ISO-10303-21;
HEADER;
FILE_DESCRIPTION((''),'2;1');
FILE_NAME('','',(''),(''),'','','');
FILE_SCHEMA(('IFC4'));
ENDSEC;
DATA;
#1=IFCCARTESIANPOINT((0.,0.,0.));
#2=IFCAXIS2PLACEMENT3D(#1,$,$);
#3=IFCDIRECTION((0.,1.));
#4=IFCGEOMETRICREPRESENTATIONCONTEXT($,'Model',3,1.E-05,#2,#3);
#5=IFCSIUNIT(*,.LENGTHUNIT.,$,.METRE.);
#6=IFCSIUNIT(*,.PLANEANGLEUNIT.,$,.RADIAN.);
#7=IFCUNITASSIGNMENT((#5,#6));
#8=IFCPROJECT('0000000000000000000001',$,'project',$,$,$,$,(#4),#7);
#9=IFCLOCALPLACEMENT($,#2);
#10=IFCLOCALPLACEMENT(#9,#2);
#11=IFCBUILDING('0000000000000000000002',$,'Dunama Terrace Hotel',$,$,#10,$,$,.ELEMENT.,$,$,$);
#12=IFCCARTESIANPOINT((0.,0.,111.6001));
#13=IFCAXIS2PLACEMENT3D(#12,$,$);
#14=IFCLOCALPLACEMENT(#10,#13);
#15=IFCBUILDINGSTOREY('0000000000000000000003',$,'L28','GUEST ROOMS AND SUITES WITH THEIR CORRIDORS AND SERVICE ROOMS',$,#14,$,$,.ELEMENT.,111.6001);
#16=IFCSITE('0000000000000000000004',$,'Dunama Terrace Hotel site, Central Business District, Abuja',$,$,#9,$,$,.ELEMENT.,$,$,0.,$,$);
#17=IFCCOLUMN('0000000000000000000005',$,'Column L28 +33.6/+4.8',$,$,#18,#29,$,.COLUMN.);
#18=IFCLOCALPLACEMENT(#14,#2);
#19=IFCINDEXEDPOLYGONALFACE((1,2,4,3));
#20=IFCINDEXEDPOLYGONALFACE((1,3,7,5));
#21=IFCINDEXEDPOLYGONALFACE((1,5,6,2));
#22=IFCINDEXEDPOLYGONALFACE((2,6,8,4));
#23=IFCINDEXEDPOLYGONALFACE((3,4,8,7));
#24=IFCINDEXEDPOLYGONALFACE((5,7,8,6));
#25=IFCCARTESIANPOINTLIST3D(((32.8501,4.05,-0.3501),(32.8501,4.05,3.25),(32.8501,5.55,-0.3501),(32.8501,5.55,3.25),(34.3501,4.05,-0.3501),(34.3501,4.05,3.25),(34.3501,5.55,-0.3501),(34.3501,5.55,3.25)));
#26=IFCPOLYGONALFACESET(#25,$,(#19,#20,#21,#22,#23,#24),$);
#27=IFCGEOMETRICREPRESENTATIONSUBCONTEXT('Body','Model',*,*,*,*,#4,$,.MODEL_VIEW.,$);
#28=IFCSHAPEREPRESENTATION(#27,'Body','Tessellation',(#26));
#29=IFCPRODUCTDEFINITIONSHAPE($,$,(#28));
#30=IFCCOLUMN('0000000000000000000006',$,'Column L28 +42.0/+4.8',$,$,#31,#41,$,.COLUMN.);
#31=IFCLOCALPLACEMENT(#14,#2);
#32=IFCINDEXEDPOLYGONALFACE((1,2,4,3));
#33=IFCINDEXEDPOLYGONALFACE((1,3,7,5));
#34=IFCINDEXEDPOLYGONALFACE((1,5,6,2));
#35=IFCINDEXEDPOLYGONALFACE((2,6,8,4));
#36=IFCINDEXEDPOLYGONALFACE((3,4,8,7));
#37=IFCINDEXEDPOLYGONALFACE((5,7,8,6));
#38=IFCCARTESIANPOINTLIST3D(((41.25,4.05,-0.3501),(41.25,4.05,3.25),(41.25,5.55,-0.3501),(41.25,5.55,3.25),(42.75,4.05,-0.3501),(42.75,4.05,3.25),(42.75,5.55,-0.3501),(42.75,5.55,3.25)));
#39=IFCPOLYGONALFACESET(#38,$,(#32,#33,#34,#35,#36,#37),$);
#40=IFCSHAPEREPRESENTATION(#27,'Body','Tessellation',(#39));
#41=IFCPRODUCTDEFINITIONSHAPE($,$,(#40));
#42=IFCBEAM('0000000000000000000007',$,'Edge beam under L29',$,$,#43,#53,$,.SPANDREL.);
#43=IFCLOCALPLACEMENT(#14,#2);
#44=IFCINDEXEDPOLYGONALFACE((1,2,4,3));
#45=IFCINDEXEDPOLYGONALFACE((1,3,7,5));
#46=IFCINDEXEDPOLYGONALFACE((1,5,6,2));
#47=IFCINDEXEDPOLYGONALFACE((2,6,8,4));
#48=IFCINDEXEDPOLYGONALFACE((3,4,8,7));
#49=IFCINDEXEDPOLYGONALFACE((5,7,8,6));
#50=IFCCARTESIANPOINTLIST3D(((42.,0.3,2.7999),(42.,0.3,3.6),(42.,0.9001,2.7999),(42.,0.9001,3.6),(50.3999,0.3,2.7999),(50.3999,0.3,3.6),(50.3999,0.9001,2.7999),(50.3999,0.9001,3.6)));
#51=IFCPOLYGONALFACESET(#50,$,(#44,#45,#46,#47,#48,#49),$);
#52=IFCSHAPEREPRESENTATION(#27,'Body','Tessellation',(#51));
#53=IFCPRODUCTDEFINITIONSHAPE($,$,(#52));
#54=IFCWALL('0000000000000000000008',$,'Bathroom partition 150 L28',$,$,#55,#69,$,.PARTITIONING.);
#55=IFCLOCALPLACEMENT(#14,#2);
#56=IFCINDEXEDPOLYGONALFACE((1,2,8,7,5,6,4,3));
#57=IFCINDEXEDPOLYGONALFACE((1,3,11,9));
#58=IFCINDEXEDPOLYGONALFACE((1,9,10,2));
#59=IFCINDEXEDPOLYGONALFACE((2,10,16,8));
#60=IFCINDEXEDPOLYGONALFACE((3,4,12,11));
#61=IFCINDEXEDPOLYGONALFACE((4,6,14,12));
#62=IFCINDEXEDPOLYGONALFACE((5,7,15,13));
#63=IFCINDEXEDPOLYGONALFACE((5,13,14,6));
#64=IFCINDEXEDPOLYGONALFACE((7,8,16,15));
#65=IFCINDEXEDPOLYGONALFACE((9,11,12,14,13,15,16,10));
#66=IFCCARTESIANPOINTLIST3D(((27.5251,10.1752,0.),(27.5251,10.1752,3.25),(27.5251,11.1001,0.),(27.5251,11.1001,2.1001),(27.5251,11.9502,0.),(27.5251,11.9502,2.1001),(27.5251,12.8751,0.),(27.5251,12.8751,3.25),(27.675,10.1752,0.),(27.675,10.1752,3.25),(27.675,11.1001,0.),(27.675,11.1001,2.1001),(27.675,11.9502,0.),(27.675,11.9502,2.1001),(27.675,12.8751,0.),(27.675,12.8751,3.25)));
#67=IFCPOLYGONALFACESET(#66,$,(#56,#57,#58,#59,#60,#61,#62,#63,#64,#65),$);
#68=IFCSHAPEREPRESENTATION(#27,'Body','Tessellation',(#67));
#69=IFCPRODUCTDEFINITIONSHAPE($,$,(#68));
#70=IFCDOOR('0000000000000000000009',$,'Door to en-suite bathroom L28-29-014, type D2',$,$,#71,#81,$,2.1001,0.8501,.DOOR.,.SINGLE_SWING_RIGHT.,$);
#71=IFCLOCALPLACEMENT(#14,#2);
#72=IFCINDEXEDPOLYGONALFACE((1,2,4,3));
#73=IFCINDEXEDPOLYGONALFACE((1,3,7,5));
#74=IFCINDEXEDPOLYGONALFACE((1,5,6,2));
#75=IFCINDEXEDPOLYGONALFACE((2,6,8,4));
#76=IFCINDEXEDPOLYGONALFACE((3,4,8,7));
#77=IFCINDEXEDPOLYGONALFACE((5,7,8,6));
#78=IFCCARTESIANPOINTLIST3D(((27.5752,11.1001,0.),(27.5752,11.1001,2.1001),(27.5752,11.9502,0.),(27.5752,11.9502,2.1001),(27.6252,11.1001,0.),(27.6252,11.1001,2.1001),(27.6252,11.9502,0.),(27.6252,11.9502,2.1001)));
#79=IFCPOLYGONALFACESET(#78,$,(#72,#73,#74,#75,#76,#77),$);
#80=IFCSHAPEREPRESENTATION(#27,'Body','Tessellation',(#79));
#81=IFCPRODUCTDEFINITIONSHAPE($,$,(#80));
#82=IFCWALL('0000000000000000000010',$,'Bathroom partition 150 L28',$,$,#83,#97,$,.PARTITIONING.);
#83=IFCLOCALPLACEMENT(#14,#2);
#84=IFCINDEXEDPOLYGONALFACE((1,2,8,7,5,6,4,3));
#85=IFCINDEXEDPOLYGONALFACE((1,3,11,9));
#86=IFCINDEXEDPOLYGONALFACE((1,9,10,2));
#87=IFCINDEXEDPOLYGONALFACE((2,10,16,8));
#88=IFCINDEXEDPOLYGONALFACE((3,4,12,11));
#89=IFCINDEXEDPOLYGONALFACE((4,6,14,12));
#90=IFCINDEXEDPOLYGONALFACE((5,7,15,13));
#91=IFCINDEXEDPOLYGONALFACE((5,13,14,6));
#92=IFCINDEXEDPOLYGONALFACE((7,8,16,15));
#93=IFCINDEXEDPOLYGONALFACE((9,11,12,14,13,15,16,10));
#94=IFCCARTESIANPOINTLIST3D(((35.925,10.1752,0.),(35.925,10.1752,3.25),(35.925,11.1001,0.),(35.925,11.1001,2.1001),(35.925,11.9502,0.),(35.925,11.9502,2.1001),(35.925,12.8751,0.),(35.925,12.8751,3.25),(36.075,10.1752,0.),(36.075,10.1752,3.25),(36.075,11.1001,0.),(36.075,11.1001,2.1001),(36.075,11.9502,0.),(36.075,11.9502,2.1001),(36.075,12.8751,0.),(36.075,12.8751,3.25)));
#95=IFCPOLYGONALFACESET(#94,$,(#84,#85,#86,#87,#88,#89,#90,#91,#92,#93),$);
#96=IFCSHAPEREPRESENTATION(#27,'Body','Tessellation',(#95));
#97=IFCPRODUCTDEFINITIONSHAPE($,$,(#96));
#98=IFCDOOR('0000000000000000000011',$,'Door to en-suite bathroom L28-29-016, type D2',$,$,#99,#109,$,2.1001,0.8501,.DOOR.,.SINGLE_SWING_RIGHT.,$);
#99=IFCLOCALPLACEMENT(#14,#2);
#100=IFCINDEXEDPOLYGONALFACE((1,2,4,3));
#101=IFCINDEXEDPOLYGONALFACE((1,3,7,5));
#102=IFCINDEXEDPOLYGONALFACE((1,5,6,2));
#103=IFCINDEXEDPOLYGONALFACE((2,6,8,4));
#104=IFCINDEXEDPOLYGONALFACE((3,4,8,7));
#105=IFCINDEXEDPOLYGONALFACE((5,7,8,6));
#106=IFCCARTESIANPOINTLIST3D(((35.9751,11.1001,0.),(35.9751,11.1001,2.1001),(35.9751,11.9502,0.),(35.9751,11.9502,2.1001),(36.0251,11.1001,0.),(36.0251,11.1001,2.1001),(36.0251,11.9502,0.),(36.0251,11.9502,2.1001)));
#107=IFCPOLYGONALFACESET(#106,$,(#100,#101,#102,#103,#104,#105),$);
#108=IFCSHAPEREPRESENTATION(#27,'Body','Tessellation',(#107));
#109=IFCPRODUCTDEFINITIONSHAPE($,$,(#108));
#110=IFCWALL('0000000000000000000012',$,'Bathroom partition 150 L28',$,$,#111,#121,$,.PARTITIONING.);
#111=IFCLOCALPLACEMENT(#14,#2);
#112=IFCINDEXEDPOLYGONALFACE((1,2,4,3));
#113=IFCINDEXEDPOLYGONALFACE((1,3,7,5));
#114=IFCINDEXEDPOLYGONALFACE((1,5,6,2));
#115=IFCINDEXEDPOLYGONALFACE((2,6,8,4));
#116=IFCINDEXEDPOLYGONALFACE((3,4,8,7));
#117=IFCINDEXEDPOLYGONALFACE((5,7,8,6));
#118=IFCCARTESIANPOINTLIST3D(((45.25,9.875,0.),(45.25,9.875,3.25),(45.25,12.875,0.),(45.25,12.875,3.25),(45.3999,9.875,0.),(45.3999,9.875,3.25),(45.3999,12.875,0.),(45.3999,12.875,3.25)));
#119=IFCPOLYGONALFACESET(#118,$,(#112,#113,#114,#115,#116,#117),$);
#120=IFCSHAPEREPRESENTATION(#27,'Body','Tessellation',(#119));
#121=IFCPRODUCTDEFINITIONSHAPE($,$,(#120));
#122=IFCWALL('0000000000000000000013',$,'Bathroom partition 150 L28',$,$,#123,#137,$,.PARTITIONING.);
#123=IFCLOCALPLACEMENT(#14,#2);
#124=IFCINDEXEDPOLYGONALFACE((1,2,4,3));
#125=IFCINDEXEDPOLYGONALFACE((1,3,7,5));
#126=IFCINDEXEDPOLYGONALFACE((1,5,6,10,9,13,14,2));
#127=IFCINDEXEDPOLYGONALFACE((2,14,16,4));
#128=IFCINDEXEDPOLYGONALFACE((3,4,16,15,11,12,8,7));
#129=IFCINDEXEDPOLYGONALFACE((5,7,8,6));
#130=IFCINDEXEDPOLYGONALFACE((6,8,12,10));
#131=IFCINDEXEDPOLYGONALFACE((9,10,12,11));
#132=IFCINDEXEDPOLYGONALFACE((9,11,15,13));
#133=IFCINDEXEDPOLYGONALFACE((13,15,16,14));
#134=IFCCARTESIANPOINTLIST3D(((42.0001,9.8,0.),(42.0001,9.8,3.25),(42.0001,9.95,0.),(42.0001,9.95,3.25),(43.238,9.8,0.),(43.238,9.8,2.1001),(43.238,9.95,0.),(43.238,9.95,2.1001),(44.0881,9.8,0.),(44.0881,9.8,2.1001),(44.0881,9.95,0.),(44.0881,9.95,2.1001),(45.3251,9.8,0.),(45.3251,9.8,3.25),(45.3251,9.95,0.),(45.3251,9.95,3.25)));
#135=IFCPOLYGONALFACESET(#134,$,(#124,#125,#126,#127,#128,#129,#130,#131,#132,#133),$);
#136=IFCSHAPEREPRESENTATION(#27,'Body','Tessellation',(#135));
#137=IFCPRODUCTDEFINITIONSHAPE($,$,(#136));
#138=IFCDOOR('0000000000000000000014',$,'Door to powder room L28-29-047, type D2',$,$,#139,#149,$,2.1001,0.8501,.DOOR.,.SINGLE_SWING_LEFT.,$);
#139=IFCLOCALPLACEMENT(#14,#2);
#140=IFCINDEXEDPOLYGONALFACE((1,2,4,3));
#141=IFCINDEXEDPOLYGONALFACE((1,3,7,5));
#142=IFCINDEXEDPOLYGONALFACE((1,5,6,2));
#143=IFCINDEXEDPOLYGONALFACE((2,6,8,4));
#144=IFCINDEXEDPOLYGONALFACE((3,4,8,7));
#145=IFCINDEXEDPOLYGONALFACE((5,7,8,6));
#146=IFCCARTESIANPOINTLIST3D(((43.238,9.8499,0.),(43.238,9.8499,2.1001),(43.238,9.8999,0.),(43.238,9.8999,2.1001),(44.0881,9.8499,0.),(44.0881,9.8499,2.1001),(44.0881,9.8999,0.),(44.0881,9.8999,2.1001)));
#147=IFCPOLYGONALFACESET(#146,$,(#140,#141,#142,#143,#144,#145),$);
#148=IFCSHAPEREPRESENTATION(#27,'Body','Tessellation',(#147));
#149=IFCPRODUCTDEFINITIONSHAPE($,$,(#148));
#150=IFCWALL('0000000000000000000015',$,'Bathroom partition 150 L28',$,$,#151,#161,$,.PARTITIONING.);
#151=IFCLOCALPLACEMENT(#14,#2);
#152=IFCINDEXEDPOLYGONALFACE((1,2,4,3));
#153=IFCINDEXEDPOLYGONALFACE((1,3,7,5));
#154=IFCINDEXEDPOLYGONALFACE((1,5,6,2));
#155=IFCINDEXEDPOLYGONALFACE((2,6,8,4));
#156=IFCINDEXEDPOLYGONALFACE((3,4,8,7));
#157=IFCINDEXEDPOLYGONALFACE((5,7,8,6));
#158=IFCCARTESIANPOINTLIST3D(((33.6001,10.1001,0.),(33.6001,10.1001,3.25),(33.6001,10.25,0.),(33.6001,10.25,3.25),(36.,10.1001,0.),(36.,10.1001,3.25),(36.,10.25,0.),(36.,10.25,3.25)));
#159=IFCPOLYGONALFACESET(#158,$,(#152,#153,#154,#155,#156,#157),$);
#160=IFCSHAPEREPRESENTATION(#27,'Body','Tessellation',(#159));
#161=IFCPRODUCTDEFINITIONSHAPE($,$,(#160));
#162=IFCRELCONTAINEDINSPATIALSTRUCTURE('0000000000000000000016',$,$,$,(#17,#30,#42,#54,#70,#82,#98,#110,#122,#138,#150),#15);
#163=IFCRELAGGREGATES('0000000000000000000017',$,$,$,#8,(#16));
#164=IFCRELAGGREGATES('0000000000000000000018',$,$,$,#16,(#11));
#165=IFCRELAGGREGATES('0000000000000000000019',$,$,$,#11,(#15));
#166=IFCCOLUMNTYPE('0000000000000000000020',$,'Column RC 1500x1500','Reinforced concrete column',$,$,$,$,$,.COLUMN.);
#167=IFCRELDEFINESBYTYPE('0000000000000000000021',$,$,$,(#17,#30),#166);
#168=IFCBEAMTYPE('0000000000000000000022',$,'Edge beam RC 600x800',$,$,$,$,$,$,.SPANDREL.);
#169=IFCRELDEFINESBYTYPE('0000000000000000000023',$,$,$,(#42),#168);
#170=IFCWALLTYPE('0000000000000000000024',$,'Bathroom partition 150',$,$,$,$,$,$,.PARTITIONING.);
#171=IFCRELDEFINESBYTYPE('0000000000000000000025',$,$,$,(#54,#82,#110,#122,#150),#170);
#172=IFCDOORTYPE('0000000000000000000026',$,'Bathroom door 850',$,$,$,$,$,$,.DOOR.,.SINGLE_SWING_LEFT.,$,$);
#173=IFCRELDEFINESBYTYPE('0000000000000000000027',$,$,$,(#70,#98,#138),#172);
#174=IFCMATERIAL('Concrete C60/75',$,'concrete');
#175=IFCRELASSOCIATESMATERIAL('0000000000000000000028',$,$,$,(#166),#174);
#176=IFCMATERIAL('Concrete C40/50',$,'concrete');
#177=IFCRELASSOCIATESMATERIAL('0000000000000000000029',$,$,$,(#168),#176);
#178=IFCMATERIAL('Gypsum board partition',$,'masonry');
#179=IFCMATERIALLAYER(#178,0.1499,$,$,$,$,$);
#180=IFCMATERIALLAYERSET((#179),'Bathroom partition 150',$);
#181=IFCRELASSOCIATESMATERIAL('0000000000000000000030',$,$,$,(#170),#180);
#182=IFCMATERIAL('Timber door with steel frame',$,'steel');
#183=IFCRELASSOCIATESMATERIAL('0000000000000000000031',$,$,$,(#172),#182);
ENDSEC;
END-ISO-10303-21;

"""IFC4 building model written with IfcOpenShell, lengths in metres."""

from ifc_helpers import new_model, si_unit, direction, frame, frame_2d, origin, origin_2d, place, context, subcontext, project, spatial, rectangle, extrude, material, layer, layer_set, material_profile, profile_set, type_object, element, fill, save


model = new_model("IFC4")

# Units and contexts
model_context = context("Model", 3, precision=1e-05, world=origin(), true_north=direction((0.0, 1.0)))
body_context = subcontext(model_context, "Body", "Model", "MODEL_VIEW")
ifc_project = project(units=[si_unit("LENGTHUNIT", "METRE"), si_unit("PLANEANGLEUNIT", "RADIAN")], contexts=[model_context])

# Site, building, storey
site_placement = place(None, origin())
site = spatial("IfcSite", under=ifc_project, at=site_placement, Name="Dunama Terrace Hotel site, Central Business District, Abuja", CompositionType="ELEMENT", RefElevation=0.0)
building_placement = place(site_placement, origin())
building = spatial("IfcBuilding", under=site, at=building_placement, Name="Dunama Terrace Hotel", CompositionType="ELEMENT")
storey_placement = place(building_placement, frame((0.0, 0.0, 111.6001)))
storey = spatial("IfcBuildingStorey", under=building, at=storey_placement, Name="L28", Description="GUEST ROOMS AND SUITES WITH THEIR CORRIDORS AND SERVICE ROOMS", CompositionType="ELEMENT", Elevation=111.6001)

# Columns
ifc_material_1 = material(Name="Concrete C60/75", Category="concrete")
ifc_material_profile_1 = material_profile(ifc_material_1, rectangle(XDim=1.5, YDim=1.5, at=origin_2d()), Name="RC 1500x1500")
ifc_profile_set_1 = profile_set([ifc_material_profile_1], Name="Concrete C60/75")
column_type = type_object("IfcColumnType", Name="Column RC 1500x1500", Description="Reinforced concrete column", PredefinedType="COLUMN", material=ifc_profile_set_1)
for number, where, z_axis, x_axis, name in (
    (1, (33.6001, 4.8, -0.3501), (0.0, 0.0, 1.0), (1.0, 0.0, 0.0), "Column L28 +33.6/+4.8"),
    (2, (42.0, 4.8, -0.3501), (0.0, 0.0, 1.0), (1.0, 0.0, 0.0), "Column L28 +42.0/+4.8"),
):
    element("IfcColumn", number, at=place(storey_placement, frame(where, z_axis=z_axis, x_axis=x_axis)), inside=storey, type_object=column_type, Name=name, PredefinedType="COLUMN", context=body_context, shape_type="SweptSolid", body=[
        extrude(rectangle(XDim=1.5, YDim=1.5, at=origin_2d()), origin(), (0.0, 0.0, 1.0), 3.6001),
    ])

# Beam
ifc_material_2 = material(Name="Concrete C40/50", Category="concrete")
ifc_material_profile_2 = material_profile(ifc_material_2, rectangle(XDim=0.6001, YDim=0.8, at=origin_2d()), Name="RC 600x800")
ifc_profile_set_2 = profile_set([ifc_material_profile_2], Name="Concrete C40/50")
beam_type = type_object("IfcBeamType", Name="Edge beam RC 600x800", PredefinedType="SPANDREL", material=ifc_profile_set_2)
beam_placement = place(storey_placement, frame((42.0, 0.6001, 3.2), z_axis=(1.0, 0.0, 0.0), x_axis=(0.0, 1.0, 0.0)))
element("IfcBeam", 3, at=beam_placement, inside=storey, type_object=beam_type, Name="Edge beam under L29", PredefinedType="SPANDREL", context=body_context, shape_type="SweptSolid", body=[
    extrude(rectangle(XDim=0.6001, YDim=0.8, at=origin_2d()), origin(), (0.0, 0.0, 1.0), 8.3999),
])

# Walls, openings, doors
ifc_material_3 = material(Name="Gypsum board partition", Category="masonry")
ifc_layer_1 = layer(ifc_material_3, 0.1499)
ifc_layer_set_1 = layer_set([ifc_layer_1], Name="Bathroom partition 150")
wall_type_1 = type_object("IfcWallType", Name="Bathroom partition 150", PredefinedType="PARTITIONING", material=ifc_layer_set_1)
wall_1_placement = place(storey_placement, frame((27.6001, 10.175, 0.0), z_axis=(0.0, 0.0, 1.0), x_axis=(0.0, 1.0, 0.0)))
wall_1 = element("IfcWall", 4, at=wall_1_placement, inside=storey, type_object=wall_type_1, Name="Bathroom partition 150 L28", PredefinedType="PARTITIONING", context=body_context, shape_type="SweptSolid", body=[
    extrude(rectangle(XDim=2.7, YDim=0.1499, at=frame_2d((1.3501, 0.0))), origin(), (0.0, 0.0, 1.0), 3.25),
])
opening_1_placement = place(wall_1_placement, frame((0.925, 0.0, 0.0)))
opening_1 = element("IfcOpeningElement", 5, at=opening_1_placement, cuts=wall_1, PredefinedType="OPENING", context=body_context, shape_type="SweptSolid", body=[
    extrude(rectangle(XDim=0.8501, YDim=2.1001, at=frame_2d((0.425, 1.05))), frame((0.0, 0.085, 0.0), z_axis=(0.0, -1.0, 0.0), x_axis=(1.0, 0.0, 0.0)), (0.0, 0.0, 1.0), 0.1699),
])
ifc_material_4 = material(Name="Timber door with steel frame", Category="steel")
door_type_1 = type_object("IfcDoorType", Name="Bathroom door 850", OperationType="SINGLE_SWING_LEFT", PredefinedType="DOOR", material=ifc_material_4)
door_1_placement = place(opening_1_placement, origin())
door_1 = element("IfcDoor", 6, at=door_1_placement, inside=storey, type_object=door_type_1, Name="Door to en-suite bathroom L28-29-014, type D2", OperationType="SINGLE_SWING_RIGHT", OverallHeight=2.1001, OverallWidth=0.8501, PredefinedType="DOOR", context=body_context, shape_type="SweptSolid", body=[
    extrude(rectangle(XDim=0.8501, YDim=2.1001, at=frame_2d((0.425, 1.05))), frame((0.0, 0.0249, 0.0), z_axis=(0.0, -1.0, 0.0), x_axis=(1.0, 0.0, 0.0)), (0.0, 0.0, 1.0), 0.05),
])
fill(opening_1, door_1)
wall_2_placement = place(storey_placement, frame((36.0, 10.175, 0.0), z_axis=(0.0, 0.0, 1.0), x_axis=(0.0, 1.0, 0.0)))
wall_2 = element("IfcWall", 7, at=wall_2_placement, inside=storey, type_object=wall_type_1, Name="Bathroom partition 150 L28", PredefinedType="PARTITIONING", context=body_context, shape_type="SweptSolid", body=[
    extrude(rectangle(XDim=2.7, YDim=0.1499, at=frame_2d((1.3501, 0.0))), origin(), (0.0, 0.0, 1.0), 3.25),
])
opening_2_placement = place(wall_2_placement, frame((0.925, 0.0, 0.0)))
opening_2 = element("IfcOpeningElement", 8, at=opening_2_placement, cuts=wall_2, PredefinedType="OPENING", context=body_context, shape_type="SweptSolid", body=[
    extrude(rectangle(XDim=0.8501, YDim=2.1001, at=frame_2d((0.425, 1.05))), frame((0.0, 0.085, 0.0), z_axis=(0.0, -1.0, 0.0), x_axis=(1.0, 0.0, 0.0)), (0.0, 0.0, 1.0), 0.1699),
])
door_2_placement = place(opening_2_placement, origin())
door_2 = element("IfcDoor", 9, at=door_2_placement, inside=storey, type_object=door_type_1, Name="Door to en-suite bathroom L28-29-016, type D2", OperationType="SINGLE_SWING_RIGHT", OverallHeight=2.1001, OverallWidth=0.8501, PredefinedType="DOOR", context=body_context, shape_type="SweptSolid", body=[
    extrude(rectangle(XDim=0.8501, YDim=2.1001, at=frame_2d((0.425, 1.05))), frame((0.0, 0.0249, 0.0), z_axis=(0.0, -1.0, 0.0), x_axis=(1.0, 0.0, 0.0)), (0.0, 0.0, 1.0), 0.05),
])
fill(opening_2, door_2)

# Wall
wall_3_placement = place(storey_placement, frame((45.325, 9.875, 0.0), z_axis=(0.0, 0.0, 1.0), x_axis=(0.0, 1.0, 0.0)))
element("IfcWall", 10, at=wall_3_placement, inside=storey, type_object=wall_type_1, Name="Bathroom partition 150 L28", PredefinedType="PARTITIONING", context=body_context, shape_type="SweptSolid", body=[
    extrude(rectangle(XDim=3.0, YDim=0.1499, at=frame_2d((1.5, 0.0))), origin(), (0.0, 0.0, 1.0), 3.25),
])

# Wall, opening, door
wall_4_placement = place(storey_placement, frame((42.0, 9.875, 0.0), z_axis=(0.0, 0.0, 1.0), x_axis=(1.0, 0.0, 0.0)))
wall_4 = element("IfcWall", 11, at=wall_4_placement, inside=storey, type_object=wall_type_1, Name="Bathroom partition 150 L28", PredefinedType="PARTITIONING", context=body_context, shape_type="SweptSolid", body=[
    extrude(rectangle(XDim=3.325, YDim=0.1499, at=frame_2d((1.6626, 0.0))), origin(), (0.0, 0.0, 1.0), 3.25),
])
opening_3_placement = place(wall_4_placement, frame((1.238, 0.0, 0.0)))
opening_3 = element("IfcOpeningElement", 12, at=opening_3_placement, cuts=wall_4, PredefinedType="OPENING", context=body_context, shape_type="SweptSolid", body=[
    extrude(rectangle(XDim=0.8501, YDim=2.1001, at=frame_2d((0.425, 1.05))), frame((0.0, 0.085, 0.0), z_axis=(0.0, -1.0, 0.0), x_axis=(1.0, 0.0, 0.0)), (0.0, 0.0, 1.0), 0.1699),
])
door_3_placement = place(opening_3_placement, origin())
door_3 = element("IfcDoor", 13, at=door_3_placement, inside=storey, type_object=door_type_1, Name="Door to powder room L28-29-047, type D2", OperationType="SINGLE_SWING_LEFT", OverallHeight=2.1001, OverallWidth=0.8501, PredefinedType="DOOR", context=body_context, shape_type="SweptSolid", body=[
    extrude(rectangle(XDim=0.8501, YDim=2.1001, at=frame_2d((0.425, 1.05))), frame((0.0, 0.0249, 0.0), z_axis=(0.0, -1.0, 0.0), x_axis=(1.0, 0.0, 0.0)), (0.0, 0.0, 1.0), 0.05),
])
fill(opening_3, door_3)

# Wall
wall_5_placement = place(storey_placement, frame((33.6001, 10.175, 0.0), z_axis=(0.0, 0.0, 1.0), x_axis=(1.0, 0.0, 0.0)))
element("IfcWall", 14, at=wall_5_placement, inside=storey, type_object=wall_type_1, Name="Bathroom partition 150 L28", PredefinedType="PARTITIONING", context=body_context, shape_type="SweptSolid", body=[
    extrude(rectangle(XDim=2.3999, YDim=0.1499, at=frame_2d((1.2, 0.0))), origin(), (0.0, 0.0, 1.0), 3.25),
])

save(model, "model.ifc")
